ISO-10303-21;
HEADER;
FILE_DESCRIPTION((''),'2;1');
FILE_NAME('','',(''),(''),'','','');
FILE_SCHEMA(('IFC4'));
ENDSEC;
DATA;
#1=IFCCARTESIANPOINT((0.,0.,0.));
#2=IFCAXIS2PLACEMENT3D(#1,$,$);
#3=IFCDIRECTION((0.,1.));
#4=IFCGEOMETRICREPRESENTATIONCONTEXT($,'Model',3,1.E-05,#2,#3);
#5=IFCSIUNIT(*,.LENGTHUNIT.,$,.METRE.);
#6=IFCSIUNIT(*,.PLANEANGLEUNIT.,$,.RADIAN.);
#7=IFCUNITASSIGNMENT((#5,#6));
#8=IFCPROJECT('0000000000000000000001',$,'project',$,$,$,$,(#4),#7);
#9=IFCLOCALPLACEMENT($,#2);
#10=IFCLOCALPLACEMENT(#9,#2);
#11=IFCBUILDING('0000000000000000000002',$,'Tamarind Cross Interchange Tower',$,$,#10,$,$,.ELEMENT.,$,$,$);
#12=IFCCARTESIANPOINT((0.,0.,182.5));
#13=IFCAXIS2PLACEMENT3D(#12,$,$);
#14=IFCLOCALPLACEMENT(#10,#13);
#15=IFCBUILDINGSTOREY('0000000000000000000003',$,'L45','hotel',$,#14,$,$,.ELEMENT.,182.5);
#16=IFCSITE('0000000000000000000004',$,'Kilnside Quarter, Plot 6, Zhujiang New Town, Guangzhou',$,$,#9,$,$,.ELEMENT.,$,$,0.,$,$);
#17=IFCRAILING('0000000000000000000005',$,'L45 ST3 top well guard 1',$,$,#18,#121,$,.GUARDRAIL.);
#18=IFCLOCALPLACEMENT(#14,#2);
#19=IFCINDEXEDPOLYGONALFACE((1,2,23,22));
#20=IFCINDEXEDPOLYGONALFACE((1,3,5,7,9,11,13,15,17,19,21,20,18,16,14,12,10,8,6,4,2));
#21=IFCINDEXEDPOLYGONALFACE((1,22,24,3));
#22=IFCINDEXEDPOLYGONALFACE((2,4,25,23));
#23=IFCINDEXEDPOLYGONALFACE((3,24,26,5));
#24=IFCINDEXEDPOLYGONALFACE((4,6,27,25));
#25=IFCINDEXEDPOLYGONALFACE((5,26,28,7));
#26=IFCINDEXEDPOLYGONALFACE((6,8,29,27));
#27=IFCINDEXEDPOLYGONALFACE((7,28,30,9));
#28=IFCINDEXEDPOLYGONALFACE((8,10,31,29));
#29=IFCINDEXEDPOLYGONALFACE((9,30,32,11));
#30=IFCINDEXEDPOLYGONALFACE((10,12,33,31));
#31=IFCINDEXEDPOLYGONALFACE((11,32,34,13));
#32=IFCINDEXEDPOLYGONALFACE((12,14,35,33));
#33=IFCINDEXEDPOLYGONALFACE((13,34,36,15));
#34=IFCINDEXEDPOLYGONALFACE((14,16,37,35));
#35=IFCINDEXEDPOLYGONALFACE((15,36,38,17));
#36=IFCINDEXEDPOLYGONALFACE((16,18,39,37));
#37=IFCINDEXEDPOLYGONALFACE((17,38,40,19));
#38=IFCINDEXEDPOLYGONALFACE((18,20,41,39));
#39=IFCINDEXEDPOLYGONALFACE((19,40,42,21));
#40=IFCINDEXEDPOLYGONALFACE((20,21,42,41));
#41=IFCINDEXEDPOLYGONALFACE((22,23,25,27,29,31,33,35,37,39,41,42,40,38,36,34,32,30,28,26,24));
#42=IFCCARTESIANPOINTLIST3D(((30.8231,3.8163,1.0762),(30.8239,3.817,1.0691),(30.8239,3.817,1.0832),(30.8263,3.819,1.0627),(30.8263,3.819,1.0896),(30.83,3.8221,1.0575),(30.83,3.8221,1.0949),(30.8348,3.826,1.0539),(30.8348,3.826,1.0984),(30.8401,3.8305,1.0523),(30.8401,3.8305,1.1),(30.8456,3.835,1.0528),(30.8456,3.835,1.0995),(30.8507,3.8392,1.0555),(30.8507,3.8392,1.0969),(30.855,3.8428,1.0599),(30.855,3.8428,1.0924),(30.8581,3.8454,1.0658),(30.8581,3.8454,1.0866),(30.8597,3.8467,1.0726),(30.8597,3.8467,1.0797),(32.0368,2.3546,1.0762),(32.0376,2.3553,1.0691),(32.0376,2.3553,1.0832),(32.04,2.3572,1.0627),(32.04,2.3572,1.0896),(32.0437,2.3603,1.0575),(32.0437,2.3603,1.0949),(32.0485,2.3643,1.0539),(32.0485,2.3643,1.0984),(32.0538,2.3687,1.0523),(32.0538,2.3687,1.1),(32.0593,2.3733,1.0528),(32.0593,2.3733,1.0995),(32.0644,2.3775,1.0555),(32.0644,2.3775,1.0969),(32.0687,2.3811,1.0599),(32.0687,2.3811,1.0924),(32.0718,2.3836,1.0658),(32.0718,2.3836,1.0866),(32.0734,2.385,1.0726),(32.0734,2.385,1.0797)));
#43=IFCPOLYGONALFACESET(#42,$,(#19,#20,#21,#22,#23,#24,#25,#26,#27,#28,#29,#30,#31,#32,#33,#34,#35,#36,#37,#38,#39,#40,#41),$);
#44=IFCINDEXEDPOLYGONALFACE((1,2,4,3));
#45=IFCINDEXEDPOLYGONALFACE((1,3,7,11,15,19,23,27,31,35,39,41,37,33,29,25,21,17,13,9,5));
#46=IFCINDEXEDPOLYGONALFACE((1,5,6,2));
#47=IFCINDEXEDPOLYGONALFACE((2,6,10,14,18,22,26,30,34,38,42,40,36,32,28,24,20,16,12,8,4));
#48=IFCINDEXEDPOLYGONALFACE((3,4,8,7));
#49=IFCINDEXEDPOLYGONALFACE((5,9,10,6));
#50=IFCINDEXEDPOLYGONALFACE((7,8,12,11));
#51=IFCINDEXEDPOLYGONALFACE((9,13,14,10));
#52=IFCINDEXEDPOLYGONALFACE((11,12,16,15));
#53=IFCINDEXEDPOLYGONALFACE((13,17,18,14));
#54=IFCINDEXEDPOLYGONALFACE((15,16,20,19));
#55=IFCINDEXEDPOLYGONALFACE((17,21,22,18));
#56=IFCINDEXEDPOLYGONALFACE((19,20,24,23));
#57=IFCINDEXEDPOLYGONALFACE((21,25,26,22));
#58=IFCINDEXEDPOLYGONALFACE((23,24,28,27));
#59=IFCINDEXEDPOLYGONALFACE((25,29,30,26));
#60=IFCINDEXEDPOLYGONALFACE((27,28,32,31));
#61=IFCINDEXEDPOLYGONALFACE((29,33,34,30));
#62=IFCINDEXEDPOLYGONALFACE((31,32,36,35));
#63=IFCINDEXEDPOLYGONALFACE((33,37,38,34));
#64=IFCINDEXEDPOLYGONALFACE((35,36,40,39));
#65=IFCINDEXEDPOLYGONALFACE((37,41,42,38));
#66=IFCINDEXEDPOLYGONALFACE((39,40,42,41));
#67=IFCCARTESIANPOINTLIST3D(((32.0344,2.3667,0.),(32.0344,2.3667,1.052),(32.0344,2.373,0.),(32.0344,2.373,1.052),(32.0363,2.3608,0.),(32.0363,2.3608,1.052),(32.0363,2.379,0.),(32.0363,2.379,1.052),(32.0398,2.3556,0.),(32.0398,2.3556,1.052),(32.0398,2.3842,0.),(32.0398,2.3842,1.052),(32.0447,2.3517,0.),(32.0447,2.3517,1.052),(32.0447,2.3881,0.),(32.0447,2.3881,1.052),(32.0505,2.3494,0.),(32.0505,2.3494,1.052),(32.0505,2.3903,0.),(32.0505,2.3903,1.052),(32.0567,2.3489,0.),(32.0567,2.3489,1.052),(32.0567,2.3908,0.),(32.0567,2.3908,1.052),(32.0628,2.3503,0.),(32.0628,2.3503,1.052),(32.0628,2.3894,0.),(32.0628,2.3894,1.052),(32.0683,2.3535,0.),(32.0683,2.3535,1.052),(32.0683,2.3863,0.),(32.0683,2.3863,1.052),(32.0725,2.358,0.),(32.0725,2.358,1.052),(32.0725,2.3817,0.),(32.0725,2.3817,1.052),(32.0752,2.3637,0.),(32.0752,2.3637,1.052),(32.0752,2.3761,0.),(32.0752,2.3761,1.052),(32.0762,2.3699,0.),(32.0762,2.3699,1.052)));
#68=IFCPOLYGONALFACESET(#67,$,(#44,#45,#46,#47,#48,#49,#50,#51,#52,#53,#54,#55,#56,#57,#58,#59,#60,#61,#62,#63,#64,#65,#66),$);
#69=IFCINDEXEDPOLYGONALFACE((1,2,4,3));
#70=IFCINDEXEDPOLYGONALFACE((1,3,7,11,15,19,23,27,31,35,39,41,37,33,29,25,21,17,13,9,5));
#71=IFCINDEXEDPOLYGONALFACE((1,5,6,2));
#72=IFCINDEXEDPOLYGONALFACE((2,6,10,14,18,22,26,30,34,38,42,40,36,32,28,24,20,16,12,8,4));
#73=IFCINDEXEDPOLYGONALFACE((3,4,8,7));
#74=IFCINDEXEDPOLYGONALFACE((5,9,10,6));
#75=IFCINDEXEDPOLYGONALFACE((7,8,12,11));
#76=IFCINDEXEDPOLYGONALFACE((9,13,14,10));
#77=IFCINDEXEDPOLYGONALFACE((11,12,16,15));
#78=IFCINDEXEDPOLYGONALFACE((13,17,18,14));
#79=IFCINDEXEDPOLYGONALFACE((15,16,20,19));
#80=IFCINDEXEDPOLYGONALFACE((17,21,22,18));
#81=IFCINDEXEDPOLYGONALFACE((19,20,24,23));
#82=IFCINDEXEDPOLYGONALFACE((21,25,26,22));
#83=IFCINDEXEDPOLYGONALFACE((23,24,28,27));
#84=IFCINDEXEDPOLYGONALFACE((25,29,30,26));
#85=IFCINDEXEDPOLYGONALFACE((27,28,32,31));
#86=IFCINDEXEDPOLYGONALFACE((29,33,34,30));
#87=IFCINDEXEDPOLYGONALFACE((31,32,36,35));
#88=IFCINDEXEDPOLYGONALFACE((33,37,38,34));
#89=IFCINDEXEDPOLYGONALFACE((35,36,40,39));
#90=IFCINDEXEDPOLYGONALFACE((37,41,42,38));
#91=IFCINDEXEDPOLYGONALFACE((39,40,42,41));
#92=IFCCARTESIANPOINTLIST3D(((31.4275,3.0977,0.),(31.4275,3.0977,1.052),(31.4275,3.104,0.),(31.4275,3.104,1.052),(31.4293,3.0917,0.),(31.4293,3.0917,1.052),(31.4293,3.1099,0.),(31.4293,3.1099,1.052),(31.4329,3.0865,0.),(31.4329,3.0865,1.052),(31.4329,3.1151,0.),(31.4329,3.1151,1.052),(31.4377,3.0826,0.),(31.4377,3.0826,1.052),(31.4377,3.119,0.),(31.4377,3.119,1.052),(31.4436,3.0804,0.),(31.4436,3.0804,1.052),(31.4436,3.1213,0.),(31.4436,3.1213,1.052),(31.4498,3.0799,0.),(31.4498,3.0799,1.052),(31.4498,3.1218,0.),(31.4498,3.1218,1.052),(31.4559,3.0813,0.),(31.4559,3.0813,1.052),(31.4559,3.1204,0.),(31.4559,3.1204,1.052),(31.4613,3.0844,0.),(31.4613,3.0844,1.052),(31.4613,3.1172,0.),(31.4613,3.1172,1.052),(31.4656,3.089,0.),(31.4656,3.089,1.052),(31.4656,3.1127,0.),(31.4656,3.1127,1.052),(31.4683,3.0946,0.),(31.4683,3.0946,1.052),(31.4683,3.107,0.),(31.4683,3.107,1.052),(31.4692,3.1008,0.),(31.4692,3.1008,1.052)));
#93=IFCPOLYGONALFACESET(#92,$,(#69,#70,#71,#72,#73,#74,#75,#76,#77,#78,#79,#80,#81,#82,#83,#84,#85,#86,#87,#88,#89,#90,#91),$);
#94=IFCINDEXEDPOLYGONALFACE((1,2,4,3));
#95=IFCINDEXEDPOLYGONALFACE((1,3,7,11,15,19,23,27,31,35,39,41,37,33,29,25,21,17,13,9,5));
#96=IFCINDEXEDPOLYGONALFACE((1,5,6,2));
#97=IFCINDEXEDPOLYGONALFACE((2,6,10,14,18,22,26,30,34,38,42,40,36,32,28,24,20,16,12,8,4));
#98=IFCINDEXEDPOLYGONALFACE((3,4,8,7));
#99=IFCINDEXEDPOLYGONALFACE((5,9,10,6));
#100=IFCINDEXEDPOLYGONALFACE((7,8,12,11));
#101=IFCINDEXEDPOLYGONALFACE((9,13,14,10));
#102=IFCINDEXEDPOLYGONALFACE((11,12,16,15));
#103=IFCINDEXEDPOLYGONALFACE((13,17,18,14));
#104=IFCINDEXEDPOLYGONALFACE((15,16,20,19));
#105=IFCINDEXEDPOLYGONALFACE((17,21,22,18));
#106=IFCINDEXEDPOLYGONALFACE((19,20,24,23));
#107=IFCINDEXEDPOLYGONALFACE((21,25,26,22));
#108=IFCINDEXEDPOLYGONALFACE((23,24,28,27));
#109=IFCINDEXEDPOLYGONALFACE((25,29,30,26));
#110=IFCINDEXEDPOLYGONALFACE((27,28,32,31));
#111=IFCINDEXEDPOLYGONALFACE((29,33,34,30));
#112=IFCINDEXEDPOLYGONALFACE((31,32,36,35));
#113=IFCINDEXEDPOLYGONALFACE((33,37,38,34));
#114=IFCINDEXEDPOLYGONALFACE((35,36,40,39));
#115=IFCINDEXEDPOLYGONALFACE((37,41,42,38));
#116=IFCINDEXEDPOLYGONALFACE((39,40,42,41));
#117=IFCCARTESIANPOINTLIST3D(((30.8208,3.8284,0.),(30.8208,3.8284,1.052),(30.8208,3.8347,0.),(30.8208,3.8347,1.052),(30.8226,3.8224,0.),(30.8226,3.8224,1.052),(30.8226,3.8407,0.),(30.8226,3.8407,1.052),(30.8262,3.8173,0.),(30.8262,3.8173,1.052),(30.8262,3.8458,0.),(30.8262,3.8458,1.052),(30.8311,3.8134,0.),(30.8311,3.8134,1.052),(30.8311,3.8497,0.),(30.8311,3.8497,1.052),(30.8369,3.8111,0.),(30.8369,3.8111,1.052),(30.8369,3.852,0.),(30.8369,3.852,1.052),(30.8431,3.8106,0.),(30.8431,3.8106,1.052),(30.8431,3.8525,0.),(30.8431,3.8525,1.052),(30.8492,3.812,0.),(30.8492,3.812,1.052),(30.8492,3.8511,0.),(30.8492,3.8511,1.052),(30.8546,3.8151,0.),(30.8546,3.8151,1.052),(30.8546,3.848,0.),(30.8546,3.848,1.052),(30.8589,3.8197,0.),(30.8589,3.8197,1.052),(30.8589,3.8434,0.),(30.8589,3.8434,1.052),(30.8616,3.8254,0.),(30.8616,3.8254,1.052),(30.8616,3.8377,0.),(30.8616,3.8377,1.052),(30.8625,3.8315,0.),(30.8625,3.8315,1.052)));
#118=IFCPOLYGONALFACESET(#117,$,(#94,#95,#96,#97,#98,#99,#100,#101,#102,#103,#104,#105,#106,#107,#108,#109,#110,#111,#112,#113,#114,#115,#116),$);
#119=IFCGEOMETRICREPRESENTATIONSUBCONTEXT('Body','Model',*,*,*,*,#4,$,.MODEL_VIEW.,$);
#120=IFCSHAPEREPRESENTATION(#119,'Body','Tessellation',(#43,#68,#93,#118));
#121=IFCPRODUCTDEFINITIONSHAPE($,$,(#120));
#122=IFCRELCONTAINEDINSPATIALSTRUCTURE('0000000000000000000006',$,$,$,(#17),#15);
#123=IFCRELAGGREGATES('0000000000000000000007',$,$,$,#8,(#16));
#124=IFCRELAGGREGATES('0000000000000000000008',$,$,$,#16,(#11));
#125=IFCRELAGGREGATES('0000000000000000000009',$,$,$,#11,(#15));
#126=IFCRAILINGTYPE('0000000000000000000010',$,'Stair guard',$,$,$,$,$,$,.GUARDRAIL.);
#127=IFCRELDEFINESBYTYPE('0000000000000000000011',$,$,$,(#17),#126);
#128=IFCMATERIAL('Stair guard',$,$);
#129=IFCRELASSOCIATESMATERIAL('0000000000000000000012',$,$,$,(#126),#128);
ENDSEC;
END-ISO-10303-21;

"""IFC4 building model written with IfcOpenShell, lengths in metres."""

from ifc_helpers import new_model, si_unit, direction, frame, origin, origin_2d, place, context, subcontext, project, spatial, circle, extrude, material, type_object, element, save


model = new_model("IFC4")

# Units and contexts
model_context = context("Model", 3, precision=1e-05, world=origin(), true_north=direction((0.0, 1.0)))
body_context = subcontext(model_context, "Body", "Model", "MODEL_VIEW")
ifc_project = project(units=[si_unit("LENGTHUNIT", "METRE"), si_unit("PLANEANGLEUNIT", "RADIAN")], contexts=[model_context])

# Site, building, storey
site_placement = place(None, origin())
site = spatial("IfcSite", under=ifc_project, at=site_placement, Name="Kilnside Quarter, Plot 6, Zhujiang New Town, Guangzhou", CompositionType="ELEMENT", RefElevation=0.0)
building_placement = place(site_placement, origin())
building = spatial("IfcBuilding", under=site, at=building_placement, Name="Tamarind Cross Interchange Tower", CompositionType="ELEMENT")
storey_placement = place(building_placement, frame((0.0, 0.0, 182.5)))
storey = spatial("IfcBuildingStorey", under=building, at=storey_placement, Name="L45", Description="hotel", CompositionType="ELEMENT", Elevation=182.5)

# Railing
ifc_material_1 = material(Name="Stair guard")
railing_type = type_object("IfcRailingType", Name="Stair guard", PredefinedType="GUARDRAIL", material=ifc_material_1)
railing_placement = place(storey_placement, frame((32.0552, 2.3699, 0.0)))
element("IfcRailing", 1, at=railing_placement, inside=storey, type_object=railing_type, Name="L45 ST3 top well guard 1", PredefinedType="GUARDRAIL", context=body_context, shape_type="SweptSolid", body=[
    extrude(circle(Radius=0.0239, at=origin_2d()), frame((0.0, 0.0, 1.0762), z_axis=(-0.638806, 0.769368, 0.0), x_axis=(-0.769368, -0.638806, 0.0)), (0.0, 0.0, 1.0), 1.8999),
    extrude(circle(Radius=0.021, at=origin_2d()), origin(), (0.0, 0.0, 1.0), 1.052),
    extrude(circle(Radius=0.021, at=origin_2d()), frame((-0.6069, 0.731, 0.0)), (0.0, 0.0, 1.0), 1.052),
    extrude(circle(Radius=0.021, at=origin_2d()), frame((-1.2136, 1.4617, 0.0)), (0.0, 0.0, 1.0), 1.052),
])

save(model, "model.ifc")
